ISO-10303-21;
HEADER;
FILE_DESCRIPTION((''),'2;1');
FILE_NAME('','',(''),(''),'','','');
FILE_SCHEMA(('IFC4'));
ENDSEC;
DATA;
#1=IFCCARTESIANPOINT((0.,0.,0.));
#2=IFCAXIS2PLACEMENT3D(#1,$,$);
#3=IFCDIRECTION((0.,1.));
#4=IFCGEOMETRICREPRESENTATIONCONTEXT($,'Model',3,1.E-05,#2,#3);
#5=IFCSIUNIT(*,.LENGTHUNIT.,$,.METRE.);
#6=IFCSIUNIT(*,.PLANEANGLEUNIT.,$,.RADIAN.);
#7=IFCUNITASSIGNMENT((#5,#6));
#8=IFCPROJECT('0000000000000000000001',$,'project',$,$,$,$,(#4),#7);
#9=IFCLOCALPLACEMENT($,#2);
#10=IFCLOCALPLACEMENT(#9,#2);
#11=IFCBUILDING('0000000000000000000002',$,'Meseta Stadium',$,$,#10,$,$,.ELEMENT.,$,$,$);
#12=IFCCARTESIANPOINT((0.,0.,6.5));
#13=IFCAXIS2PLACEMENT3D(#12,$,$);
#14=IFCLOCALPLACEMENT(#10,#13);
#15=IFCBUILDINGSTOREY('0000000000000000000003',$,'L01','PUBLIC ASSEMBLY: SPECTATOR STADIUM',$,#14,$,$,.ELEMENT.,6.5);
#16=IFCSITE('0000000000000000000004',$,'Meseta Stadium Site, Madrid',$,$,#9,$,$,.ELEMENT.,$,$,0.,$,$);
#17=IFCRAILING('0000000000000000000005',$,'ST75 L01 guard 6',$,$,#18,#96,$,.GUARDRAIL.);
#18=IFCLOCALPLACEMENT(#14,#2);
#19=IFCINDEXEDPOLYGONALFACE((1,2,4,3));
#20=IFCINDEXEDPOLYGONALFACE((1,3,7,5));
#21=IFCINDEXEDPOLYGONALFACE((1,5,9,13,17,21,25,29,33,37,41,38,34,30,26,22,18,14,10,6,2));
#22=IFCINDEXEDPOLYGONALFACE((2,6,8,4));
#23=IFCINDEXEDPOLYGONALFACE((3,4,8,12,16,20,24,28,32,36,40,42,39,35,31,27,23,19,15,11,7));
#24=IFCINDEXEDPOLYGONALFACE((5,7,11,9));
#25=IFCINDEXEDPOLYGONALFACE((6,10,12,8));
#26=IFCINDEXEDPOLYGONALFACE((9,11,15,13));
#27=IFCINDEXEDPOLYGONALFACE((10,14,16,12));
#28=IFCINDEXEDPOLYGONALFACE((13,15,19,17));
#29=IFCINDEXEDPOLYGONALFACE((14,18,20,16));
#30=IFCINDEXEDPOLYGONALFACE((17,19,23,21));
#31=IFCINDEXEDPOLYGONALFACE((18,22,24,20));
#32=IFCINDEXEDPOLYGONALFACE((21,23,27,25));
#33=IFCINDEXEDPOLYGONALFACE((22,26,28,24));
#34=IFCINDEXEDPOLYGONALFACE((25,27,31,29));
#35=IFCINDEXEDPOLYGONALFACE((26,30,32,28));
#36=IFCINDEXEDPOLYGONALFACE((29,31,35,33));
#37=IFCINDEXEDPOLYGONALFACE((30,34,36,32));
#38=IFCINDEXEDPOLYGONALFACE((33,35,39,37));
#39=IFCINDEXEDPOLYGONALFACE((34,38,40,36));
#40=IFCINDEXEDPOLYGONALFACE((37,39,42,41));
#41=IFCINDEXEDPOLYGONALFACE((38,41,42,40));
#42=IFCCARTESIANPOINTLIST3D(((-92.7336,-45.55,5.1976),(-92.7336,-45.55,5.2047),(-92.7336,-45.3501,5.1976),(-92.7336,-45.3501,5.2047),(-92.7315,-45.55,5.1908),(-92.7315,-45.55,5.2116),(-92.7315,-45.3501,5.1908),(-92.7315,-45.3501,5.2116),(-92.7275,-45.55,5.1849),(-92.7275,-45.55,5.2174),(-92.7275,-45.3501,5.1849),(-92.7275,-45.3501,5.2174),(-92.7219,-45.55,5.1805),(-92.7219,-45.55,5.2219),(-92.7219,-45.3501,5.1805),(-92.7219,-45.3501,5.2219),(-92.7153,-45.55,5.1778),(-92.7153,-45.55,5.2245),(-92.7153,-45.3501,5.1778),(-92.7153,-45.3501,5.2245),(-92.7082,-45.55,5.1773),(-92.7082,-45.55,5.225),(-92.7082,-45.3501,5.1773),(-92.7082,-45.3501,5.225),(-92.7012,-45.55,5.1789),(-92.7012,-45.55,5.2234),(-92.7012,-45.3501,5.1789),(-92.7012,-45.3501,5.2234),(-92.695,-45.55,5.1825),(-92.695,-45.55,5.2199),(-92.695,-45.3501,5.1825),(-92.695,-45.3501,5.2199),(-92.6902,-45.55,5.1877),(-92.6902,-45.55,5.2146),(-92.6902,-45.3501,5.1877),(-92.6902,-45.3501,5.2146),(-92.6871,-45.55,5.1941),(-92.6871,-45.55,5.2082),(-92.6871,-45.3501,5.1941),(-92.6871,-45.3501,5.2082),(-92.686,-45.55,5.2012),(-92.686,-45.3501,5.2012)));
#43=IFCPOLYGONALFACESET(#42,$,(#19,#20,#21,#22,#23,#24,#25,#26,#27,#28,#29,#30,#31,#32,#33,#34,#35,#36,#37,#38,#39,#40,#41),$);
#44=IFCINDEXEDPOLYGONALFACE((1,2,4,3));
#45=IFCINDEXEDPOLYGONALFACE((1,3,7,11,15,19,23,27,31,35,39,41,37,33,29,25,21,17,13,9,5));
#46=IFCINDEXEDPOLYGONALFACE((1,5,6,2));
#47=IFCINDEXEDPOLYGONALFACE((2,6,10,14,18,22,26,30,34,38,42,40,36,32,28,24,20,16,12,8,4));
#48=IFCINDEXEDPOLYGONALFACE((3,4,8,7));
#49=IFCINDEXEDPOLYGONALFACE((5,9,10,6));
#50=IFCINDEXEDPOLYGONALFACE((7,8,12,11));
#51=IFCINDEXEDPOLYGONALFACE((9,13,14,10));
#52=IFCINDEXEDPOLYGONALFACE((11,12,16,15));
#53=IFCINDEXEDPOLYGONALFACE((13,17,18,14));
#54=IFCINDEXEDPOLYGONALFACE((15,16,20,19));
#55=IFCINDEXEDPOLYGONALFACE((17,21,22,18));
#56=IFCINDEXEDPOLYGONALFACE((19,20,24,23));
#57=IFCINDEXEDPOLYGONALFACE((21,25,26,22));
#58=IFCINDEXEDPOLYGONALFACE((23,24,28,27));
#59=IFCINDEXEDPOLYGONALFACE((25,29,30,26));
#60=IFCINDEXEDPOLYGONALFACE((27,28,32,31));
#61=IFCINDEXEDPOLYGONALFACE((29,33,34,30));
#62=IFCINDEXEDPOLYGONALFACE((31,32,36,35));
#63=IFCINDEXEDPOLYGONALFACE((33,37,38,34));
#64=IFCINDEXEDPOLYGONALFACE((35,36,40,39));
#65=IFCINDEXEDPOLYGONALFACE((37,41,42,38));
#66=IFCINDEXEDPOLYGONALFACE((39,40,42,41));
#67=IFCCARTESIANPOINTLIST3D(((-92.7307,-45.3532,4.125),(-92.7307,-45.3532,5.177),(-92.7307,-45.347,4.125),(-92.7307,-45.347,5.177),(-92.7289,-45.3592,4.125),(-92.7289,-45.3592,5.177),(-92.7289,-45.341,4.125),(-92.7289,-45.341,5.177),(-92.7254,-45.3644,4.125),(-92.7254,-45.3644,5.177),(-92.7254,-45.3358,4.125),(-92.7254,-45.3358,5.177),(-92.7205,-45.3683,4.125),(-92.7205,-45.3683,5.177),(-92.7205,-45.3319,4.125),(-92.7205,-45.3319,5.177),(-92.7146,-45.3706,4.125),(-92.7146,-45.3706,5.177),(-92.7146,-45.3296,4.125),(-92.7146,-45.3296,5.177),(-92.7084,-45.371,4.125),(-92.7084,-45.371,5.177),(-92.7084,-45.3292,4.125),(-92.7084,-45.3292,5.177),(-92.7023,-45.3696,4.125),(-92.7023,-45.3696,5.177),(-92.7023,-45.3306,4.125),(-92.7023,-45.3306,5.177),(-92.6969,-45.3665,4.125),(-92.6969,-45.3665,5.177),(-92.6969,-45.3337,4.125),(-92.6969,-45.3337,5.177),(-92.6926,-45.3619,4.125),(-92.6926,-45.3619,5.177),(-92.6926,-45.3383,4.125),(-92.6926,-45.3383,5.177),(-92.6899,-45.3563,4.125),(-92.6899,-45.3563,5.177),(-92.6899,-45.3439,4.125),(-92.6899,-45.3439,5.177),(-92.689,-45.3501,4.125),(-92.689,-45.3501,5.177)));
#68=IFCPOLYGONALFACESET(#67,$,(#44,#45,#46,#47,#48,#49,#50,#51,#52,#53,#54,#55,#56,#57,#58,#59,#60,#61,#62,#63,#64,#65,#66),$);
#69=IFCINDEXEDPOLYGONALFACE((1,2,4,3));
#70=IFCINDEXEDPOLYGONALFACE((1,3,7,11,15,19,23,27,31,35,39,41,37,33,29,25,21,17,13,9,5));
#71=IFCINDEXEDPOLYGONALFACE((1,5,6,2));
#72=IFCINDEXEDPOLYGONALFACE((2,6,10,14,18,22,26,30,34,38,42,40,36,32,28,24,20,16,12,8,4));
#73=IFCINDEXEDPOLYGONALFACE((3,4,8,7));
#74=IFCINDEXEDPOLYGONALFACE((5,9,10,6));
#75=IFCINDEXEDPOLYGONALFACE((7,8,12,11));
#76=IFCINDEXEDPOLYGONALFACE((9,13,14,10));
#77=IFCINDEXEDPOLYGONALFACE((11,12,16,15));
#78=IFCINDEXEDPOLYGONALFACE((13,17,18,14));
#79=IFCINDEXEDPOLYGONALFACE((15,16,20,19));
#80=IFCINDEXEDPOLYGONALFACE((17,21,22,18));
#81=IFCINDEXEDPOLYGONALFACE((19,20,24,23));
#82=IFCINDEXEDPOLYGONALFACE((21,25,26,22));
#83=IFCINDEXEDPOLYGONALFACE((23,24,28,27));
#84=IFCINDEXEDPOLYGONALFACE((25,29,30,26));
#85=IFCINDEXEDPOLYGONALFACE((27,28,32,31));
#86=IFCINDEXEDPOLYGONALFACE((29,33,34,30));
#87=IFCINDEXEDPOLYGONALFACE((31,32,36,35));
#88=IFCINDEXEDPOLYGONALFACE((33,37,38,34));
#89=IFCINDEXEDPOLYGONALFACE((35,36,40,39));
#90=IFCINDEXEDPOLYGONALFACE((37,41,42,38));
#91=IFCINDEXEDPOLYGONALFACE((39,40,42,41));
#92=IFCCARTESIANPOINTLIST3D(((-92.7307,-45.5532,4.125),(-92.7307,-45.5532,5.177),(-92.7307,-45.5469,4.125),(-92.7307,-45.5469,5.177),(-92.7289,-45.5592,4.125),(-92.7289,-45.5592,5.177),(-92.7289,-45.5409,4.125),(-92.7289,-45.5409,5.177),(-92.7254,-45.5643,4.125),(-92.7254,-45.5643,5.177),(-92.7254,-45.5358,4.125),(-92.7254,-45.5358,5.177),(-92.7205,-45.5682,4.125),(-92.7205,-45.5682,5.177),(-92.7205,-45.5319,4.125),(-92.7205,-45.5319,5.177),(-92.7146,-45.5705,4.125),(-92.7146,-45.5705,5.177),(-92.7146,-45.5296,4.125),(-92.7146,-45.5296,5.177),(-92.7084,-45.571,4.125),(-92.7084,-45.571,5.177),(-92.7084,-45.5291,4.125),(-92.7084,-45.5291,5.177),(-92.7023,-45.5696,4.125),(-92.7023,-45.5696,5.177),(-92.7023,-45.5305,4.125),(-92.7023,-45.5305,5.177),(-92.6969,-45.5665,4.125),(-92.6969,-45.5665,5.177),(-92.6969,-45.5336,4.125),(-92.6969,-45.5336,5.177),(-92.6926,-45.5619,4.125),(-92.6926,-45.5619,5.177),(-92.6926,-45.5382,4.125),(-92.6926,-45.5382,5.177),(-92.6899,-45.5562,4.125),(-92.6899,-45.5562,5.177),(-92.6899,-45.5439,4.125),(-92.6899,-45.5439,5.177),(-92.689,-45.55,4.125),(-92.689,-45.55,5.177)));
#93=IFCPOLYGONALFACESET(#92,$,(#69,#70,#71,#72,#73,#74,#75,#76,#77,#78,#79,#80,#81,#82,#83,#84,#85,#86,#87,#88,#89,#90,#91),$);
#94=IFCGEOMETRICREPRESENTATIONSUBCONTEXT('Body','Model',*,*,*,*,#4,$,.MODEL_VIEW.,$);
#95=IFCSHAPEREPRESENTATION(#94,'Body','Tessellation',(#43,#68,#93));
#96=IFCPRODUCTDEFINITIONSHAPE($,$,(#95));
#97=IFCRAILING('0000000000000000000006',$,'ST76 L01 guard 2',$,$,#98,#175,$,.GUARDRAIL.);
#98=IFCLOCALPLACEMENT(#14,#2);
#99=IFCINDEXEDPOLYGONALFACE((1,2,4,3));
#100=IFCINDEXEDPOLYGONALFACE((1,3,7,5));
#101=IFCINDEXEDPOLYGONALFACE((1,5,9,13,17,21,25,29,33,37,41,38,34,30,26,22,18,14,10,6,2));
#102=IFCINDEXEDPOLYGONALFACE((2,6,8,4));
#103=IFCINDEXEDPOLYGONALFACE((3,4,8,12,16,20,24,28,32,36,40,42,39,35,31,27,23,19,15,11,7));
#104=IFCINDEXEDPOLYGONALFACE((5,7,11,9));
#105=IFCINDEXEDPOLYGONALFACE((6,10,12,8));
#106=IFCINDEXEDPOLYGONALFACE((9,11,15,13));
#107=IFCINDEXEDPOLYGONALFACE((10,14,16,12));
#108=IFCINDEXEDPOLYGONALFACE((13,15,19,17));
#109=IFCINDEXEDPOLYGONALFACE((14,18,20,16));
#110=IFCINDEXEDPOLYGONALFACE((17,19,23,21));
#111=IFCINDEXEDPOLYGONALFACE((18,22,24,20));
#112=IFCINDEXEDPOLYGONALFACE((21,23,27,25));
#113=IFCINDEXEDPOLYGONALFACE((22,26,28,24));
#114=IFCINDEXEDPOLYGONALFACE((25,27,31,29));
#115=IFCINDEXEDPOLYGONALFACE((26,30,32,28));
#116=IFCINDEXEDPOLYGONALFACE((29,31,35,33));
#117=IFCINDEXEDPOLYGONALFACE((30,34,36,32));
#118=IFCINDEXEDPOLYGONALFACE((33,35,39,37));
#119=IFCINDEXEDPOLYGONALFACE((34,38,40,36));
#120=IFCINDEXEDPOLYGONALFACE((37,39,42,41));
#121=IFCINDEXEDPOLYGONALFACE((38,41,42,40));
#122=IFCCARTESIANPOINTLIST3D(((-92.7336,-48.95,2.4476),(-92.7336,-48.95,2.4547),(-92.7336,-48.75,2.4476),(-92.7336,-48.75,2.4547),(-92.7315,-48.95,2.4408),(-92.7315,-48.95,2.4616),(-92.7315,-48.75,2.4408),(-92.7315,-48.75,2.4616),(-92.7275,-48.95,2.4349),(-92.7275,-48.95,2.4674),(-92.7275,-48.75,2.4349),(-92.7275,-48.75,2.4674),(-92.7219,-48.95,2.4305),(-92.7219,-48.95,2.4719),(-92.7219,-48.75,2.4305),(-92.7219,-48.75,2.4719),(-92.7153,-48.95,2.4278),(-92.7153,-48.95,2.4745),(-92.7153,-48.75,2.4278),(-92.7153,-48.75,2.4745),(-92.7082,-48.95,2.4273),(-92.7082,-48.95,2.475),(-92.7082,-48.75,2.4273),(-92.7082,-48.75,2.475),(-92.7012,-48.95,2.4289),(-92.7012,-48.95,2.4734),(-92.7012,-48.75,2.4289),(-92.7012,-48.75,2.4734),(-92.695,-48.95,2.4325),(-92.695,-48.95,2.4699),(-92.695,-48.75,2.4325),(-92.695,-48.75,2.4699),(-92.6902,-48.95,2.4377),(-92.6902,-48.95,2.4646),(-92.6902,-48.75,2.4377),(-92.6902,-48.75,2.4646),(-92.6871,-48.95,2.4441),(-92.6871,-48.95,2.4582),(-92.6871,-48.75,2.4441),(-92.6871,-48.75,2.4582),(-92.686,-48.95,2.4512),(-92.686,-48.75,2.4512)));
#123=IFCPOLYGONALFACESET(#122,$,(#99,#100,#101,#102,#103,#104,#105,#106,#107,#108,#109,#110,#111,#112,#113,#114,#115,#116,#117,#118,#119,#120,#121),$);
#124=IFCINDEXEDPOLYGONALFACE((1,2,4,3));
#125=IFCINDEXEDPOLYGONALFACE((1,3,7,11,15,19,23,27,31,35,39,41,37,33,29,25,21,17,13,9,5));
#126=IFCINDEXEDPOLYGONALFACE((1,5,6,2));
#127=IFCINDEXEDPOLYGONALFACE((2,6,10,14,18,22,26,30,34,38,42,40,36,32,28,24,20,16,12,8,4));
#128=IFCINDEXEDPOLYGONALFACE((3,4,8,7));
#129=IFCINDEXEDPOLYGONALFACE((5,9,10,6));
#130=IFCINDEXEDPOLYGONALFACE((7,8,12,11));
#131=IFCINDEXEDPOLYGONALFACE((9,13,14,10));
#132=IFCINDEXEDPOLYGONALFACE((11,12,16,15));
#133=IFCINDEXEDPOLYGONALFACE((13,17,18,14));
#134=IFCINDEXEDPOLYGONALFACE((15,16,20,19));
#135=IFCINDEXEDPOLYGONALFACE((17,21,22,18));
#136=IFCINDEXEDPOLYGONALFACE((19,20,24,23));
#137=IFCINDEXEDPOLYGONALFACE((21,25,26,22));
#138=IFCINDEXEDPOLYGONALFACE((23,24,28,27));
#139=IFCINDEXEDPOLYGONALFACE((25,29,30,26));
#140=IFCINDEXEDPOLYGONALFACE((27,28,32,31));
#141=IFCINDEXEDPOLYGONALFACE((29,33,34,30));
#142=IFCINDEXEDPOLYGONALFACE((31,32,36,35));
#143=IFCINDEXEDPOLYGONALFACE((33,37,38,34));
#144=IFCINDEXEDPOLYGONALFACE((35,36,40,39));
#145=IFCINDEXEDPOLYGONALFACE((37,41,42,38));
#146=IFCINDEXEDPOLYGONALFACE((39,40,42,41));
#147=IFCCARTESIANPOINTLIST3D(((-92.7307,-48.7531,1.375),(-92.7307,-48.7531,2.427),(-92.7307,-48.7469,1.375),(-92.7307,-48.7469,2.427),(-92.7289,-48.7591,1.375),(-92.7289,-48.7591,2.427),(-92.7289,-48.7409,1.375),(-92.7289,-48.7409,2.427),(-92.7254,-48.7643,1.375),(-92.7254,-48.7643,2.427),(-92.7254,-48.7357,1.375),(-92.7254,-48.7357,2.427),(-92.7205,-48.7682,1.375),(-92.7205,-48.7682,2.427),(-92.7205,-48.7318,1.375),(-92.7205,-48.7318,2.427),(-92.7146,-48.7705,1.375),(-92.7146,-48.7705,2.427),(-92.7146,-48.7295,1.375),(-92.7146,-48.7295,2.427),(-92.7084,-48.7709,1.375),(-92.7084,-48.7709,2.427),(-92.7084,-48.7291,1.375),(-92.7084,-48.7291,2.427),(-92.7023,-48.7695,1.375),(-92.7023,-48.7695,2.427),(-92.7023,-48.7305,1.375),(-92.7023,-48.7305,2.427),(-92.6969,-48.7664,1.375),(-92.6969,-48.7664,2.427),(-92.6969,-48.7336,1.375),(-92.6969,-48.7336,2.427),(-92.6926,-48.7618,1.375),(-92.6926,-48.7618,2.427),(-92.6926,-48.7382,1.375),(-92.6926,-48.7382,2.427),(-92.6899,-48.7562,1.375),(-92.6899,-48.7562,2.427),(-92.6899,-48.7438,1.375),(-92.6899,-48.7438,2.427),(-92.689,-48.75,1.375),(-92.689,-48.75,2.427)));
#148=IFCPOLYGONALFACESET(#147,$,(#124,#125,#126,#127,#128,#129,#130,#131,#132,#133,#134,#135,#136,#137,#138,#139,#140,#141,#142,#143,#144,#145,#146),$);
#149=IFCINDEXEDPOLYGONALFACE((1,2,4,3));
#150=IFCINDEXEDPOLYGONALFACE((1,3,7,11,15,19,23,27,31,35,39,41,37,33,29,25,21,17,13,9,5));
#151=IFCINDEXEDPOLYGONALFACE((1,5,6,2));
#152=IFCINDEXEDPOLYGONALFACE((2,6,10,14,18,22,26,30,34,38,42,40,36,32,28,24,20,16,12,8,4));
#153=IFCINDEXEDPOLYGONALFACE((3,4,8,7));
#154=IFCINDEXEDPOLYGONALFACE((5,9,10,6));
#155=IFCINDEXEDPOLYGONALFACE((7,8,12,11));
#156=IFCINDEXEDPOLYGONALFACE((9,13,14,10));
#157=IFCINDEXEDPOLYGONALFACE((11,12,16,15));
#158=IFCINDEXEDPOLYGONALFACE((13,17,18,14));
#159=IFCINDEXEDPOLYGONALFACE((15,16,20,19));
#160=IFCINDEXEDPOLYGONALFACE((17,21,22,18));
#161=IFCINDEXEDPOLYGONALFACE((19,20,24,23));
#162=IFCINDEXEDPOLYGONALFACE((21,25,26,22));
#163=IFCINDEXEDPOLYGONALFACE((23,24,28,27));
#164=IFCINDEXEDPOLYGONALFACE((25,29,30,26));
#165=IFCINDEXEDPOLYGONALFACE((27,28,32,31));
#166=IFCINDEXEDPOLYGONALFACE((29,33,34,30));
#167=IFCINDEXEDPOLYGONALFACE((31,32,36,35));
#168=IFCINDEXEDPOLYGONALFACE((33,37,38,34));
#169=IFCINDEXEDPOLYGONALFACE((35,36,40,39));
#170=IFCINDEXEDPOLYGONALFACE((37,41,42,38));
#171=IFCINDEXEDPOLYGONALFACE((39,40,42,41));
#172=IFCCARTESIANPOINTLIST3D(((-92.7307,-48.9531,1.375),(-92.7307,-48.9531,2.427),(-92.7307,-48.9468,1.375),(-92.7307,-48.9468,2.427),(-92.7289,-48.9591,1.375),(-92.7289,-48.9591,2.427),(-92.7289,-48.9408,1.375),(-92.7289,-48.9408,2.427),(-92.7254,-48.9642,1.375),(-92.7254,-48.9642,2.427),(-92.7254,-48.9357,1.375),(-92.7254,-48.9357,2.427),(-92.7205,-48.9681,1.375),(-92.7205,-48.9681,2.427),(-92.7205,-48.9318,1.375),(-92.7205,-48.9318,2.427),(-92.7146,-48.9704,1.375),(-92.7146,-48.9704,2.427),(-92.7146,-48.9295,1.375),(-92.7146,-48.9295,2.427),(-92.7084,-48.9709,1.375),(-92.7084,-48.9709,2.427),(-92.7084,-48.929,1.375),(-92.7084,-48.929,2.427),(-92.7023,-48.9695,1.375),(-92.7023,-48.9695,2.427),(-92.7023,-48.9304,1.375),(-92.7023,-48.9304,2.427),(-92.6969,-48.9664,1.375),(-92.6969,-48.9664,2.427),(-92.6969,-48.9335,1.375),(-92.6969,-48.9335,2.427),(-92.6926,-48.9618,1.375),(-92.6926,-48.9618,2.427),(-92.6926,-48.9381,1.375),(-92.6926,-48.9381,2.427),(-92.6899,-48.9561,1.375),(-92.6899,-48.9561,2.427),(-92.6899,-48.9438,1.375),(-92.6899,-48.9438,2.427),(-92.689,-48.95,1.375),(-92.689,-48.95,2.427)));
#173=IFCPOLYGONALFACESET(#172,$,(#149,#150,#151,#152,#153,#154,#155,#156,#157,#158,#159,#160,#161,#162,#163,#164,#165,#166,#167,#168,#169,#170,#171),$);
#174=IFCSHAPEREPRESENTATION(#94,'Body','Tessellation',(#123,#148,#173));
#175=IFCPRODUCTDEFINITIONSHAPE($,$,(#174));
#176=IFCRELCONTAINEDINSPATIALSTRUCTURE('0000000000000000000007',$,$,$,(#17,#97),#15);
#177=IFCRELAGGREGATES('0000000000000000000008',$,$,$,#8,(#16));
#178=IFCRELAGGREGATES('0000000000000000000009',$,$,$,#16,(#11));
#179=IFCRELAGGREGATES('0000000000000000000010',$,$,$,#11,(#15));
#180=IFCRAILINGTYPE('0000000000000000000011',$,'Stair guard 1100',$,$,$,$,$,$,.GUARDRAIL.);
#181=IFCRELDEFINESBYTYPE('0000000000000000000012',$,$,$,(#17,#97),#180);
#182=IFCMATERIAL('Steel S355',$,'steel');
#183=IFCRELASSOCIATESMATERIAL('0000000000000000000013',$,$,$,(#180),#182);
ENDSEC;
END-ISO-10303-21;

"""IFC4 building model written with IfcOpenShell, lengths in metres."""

from ifc_helpers import new_model, si_unit, direction, frame, origin, origin_2d, place, context, subcontext, project, spatial, circle, extrude, material, type_object, element, save


model = new_model("IFC4")

# Units and contexts
model_context = context("Model", 3, precision=1e-05, world=origin(), true_north=direction((0.0, 1.0)))
body_context = subcontext(model_context, "Body", "Model", "MODEL_VIEW")
ifc_project = project(units=[si_unit("LENGTHUNIT", "METRE"), si_unit("PLANEANGLEUNIT", "RADIAN")], contexts=[model_context])

# Site, building, storey
site_placement = place(None, origin())
site = spatial("IfcSite", under=ifc_project, at=site_placement, Name="Meseta Stadium Site, Madrid", CompositionType="ELEMENT", RefElevation=0.0)
building_placement = place(site_placement, origin())
building = spatial("IfcBuilding", under=site, at=building_placement, Name="Meseta Stadium", CompositionType="ELEMENT")
storey_placement = place(building_placement, frame((0.0, 0.0, 6.5)))
storey = spatial("IfcBuildingStorey", under=building, at=storey_placement, Name="L01", Description="PUBLIC ASSEMBLY: SPECTATOR STADIUM", CompositionType="ELEMENT", Elevation=6.5)

# Railings
ifc_material_1 = material(Name="Steel S355", Category="steel")
railing_type_1 = type_object("IfcRailingType", Name="Stair guard 1100", PredefinedType="GUARDRAIL", material=ifc_material_1)
for number, where, name in (
    (1, (-92.71, -45.3501, 4.125), "ST75 L01 guard 6"),
    (2, (-92.71, -48.75, 1.375), "ST76 L01 guard 2"),
):
    element("IfcRailing", number, at=place(storey_placement, frame(where)), inside=storey, type_object=railing_type_1, Name=name, PredefinedType="GUARDRAIL", context=body_context, shape_type="SweptSolid", body=[
        extrude(circle(Radius=0.0239, at=origin_2d()), frame((0.0, 0.0, 1.0762), z_axis=(0.0, -1.0, 0.0), x_axis=(1.0, 0.0, 0.0)), (0.0, 0.0, 1.0), 0.2),
        extrude(circle(Radius=0.021, at=origin_2d()), origin(), (0.0, 0.0, 1.0), 1.052),
        extrude(circle(Radius=0.021, at=origin_2d()), frame((0.0, -0.2, 0.0)), (0.0, 0.0, 1.0), 1.052),
    ])

save(model, "model.ifc")
